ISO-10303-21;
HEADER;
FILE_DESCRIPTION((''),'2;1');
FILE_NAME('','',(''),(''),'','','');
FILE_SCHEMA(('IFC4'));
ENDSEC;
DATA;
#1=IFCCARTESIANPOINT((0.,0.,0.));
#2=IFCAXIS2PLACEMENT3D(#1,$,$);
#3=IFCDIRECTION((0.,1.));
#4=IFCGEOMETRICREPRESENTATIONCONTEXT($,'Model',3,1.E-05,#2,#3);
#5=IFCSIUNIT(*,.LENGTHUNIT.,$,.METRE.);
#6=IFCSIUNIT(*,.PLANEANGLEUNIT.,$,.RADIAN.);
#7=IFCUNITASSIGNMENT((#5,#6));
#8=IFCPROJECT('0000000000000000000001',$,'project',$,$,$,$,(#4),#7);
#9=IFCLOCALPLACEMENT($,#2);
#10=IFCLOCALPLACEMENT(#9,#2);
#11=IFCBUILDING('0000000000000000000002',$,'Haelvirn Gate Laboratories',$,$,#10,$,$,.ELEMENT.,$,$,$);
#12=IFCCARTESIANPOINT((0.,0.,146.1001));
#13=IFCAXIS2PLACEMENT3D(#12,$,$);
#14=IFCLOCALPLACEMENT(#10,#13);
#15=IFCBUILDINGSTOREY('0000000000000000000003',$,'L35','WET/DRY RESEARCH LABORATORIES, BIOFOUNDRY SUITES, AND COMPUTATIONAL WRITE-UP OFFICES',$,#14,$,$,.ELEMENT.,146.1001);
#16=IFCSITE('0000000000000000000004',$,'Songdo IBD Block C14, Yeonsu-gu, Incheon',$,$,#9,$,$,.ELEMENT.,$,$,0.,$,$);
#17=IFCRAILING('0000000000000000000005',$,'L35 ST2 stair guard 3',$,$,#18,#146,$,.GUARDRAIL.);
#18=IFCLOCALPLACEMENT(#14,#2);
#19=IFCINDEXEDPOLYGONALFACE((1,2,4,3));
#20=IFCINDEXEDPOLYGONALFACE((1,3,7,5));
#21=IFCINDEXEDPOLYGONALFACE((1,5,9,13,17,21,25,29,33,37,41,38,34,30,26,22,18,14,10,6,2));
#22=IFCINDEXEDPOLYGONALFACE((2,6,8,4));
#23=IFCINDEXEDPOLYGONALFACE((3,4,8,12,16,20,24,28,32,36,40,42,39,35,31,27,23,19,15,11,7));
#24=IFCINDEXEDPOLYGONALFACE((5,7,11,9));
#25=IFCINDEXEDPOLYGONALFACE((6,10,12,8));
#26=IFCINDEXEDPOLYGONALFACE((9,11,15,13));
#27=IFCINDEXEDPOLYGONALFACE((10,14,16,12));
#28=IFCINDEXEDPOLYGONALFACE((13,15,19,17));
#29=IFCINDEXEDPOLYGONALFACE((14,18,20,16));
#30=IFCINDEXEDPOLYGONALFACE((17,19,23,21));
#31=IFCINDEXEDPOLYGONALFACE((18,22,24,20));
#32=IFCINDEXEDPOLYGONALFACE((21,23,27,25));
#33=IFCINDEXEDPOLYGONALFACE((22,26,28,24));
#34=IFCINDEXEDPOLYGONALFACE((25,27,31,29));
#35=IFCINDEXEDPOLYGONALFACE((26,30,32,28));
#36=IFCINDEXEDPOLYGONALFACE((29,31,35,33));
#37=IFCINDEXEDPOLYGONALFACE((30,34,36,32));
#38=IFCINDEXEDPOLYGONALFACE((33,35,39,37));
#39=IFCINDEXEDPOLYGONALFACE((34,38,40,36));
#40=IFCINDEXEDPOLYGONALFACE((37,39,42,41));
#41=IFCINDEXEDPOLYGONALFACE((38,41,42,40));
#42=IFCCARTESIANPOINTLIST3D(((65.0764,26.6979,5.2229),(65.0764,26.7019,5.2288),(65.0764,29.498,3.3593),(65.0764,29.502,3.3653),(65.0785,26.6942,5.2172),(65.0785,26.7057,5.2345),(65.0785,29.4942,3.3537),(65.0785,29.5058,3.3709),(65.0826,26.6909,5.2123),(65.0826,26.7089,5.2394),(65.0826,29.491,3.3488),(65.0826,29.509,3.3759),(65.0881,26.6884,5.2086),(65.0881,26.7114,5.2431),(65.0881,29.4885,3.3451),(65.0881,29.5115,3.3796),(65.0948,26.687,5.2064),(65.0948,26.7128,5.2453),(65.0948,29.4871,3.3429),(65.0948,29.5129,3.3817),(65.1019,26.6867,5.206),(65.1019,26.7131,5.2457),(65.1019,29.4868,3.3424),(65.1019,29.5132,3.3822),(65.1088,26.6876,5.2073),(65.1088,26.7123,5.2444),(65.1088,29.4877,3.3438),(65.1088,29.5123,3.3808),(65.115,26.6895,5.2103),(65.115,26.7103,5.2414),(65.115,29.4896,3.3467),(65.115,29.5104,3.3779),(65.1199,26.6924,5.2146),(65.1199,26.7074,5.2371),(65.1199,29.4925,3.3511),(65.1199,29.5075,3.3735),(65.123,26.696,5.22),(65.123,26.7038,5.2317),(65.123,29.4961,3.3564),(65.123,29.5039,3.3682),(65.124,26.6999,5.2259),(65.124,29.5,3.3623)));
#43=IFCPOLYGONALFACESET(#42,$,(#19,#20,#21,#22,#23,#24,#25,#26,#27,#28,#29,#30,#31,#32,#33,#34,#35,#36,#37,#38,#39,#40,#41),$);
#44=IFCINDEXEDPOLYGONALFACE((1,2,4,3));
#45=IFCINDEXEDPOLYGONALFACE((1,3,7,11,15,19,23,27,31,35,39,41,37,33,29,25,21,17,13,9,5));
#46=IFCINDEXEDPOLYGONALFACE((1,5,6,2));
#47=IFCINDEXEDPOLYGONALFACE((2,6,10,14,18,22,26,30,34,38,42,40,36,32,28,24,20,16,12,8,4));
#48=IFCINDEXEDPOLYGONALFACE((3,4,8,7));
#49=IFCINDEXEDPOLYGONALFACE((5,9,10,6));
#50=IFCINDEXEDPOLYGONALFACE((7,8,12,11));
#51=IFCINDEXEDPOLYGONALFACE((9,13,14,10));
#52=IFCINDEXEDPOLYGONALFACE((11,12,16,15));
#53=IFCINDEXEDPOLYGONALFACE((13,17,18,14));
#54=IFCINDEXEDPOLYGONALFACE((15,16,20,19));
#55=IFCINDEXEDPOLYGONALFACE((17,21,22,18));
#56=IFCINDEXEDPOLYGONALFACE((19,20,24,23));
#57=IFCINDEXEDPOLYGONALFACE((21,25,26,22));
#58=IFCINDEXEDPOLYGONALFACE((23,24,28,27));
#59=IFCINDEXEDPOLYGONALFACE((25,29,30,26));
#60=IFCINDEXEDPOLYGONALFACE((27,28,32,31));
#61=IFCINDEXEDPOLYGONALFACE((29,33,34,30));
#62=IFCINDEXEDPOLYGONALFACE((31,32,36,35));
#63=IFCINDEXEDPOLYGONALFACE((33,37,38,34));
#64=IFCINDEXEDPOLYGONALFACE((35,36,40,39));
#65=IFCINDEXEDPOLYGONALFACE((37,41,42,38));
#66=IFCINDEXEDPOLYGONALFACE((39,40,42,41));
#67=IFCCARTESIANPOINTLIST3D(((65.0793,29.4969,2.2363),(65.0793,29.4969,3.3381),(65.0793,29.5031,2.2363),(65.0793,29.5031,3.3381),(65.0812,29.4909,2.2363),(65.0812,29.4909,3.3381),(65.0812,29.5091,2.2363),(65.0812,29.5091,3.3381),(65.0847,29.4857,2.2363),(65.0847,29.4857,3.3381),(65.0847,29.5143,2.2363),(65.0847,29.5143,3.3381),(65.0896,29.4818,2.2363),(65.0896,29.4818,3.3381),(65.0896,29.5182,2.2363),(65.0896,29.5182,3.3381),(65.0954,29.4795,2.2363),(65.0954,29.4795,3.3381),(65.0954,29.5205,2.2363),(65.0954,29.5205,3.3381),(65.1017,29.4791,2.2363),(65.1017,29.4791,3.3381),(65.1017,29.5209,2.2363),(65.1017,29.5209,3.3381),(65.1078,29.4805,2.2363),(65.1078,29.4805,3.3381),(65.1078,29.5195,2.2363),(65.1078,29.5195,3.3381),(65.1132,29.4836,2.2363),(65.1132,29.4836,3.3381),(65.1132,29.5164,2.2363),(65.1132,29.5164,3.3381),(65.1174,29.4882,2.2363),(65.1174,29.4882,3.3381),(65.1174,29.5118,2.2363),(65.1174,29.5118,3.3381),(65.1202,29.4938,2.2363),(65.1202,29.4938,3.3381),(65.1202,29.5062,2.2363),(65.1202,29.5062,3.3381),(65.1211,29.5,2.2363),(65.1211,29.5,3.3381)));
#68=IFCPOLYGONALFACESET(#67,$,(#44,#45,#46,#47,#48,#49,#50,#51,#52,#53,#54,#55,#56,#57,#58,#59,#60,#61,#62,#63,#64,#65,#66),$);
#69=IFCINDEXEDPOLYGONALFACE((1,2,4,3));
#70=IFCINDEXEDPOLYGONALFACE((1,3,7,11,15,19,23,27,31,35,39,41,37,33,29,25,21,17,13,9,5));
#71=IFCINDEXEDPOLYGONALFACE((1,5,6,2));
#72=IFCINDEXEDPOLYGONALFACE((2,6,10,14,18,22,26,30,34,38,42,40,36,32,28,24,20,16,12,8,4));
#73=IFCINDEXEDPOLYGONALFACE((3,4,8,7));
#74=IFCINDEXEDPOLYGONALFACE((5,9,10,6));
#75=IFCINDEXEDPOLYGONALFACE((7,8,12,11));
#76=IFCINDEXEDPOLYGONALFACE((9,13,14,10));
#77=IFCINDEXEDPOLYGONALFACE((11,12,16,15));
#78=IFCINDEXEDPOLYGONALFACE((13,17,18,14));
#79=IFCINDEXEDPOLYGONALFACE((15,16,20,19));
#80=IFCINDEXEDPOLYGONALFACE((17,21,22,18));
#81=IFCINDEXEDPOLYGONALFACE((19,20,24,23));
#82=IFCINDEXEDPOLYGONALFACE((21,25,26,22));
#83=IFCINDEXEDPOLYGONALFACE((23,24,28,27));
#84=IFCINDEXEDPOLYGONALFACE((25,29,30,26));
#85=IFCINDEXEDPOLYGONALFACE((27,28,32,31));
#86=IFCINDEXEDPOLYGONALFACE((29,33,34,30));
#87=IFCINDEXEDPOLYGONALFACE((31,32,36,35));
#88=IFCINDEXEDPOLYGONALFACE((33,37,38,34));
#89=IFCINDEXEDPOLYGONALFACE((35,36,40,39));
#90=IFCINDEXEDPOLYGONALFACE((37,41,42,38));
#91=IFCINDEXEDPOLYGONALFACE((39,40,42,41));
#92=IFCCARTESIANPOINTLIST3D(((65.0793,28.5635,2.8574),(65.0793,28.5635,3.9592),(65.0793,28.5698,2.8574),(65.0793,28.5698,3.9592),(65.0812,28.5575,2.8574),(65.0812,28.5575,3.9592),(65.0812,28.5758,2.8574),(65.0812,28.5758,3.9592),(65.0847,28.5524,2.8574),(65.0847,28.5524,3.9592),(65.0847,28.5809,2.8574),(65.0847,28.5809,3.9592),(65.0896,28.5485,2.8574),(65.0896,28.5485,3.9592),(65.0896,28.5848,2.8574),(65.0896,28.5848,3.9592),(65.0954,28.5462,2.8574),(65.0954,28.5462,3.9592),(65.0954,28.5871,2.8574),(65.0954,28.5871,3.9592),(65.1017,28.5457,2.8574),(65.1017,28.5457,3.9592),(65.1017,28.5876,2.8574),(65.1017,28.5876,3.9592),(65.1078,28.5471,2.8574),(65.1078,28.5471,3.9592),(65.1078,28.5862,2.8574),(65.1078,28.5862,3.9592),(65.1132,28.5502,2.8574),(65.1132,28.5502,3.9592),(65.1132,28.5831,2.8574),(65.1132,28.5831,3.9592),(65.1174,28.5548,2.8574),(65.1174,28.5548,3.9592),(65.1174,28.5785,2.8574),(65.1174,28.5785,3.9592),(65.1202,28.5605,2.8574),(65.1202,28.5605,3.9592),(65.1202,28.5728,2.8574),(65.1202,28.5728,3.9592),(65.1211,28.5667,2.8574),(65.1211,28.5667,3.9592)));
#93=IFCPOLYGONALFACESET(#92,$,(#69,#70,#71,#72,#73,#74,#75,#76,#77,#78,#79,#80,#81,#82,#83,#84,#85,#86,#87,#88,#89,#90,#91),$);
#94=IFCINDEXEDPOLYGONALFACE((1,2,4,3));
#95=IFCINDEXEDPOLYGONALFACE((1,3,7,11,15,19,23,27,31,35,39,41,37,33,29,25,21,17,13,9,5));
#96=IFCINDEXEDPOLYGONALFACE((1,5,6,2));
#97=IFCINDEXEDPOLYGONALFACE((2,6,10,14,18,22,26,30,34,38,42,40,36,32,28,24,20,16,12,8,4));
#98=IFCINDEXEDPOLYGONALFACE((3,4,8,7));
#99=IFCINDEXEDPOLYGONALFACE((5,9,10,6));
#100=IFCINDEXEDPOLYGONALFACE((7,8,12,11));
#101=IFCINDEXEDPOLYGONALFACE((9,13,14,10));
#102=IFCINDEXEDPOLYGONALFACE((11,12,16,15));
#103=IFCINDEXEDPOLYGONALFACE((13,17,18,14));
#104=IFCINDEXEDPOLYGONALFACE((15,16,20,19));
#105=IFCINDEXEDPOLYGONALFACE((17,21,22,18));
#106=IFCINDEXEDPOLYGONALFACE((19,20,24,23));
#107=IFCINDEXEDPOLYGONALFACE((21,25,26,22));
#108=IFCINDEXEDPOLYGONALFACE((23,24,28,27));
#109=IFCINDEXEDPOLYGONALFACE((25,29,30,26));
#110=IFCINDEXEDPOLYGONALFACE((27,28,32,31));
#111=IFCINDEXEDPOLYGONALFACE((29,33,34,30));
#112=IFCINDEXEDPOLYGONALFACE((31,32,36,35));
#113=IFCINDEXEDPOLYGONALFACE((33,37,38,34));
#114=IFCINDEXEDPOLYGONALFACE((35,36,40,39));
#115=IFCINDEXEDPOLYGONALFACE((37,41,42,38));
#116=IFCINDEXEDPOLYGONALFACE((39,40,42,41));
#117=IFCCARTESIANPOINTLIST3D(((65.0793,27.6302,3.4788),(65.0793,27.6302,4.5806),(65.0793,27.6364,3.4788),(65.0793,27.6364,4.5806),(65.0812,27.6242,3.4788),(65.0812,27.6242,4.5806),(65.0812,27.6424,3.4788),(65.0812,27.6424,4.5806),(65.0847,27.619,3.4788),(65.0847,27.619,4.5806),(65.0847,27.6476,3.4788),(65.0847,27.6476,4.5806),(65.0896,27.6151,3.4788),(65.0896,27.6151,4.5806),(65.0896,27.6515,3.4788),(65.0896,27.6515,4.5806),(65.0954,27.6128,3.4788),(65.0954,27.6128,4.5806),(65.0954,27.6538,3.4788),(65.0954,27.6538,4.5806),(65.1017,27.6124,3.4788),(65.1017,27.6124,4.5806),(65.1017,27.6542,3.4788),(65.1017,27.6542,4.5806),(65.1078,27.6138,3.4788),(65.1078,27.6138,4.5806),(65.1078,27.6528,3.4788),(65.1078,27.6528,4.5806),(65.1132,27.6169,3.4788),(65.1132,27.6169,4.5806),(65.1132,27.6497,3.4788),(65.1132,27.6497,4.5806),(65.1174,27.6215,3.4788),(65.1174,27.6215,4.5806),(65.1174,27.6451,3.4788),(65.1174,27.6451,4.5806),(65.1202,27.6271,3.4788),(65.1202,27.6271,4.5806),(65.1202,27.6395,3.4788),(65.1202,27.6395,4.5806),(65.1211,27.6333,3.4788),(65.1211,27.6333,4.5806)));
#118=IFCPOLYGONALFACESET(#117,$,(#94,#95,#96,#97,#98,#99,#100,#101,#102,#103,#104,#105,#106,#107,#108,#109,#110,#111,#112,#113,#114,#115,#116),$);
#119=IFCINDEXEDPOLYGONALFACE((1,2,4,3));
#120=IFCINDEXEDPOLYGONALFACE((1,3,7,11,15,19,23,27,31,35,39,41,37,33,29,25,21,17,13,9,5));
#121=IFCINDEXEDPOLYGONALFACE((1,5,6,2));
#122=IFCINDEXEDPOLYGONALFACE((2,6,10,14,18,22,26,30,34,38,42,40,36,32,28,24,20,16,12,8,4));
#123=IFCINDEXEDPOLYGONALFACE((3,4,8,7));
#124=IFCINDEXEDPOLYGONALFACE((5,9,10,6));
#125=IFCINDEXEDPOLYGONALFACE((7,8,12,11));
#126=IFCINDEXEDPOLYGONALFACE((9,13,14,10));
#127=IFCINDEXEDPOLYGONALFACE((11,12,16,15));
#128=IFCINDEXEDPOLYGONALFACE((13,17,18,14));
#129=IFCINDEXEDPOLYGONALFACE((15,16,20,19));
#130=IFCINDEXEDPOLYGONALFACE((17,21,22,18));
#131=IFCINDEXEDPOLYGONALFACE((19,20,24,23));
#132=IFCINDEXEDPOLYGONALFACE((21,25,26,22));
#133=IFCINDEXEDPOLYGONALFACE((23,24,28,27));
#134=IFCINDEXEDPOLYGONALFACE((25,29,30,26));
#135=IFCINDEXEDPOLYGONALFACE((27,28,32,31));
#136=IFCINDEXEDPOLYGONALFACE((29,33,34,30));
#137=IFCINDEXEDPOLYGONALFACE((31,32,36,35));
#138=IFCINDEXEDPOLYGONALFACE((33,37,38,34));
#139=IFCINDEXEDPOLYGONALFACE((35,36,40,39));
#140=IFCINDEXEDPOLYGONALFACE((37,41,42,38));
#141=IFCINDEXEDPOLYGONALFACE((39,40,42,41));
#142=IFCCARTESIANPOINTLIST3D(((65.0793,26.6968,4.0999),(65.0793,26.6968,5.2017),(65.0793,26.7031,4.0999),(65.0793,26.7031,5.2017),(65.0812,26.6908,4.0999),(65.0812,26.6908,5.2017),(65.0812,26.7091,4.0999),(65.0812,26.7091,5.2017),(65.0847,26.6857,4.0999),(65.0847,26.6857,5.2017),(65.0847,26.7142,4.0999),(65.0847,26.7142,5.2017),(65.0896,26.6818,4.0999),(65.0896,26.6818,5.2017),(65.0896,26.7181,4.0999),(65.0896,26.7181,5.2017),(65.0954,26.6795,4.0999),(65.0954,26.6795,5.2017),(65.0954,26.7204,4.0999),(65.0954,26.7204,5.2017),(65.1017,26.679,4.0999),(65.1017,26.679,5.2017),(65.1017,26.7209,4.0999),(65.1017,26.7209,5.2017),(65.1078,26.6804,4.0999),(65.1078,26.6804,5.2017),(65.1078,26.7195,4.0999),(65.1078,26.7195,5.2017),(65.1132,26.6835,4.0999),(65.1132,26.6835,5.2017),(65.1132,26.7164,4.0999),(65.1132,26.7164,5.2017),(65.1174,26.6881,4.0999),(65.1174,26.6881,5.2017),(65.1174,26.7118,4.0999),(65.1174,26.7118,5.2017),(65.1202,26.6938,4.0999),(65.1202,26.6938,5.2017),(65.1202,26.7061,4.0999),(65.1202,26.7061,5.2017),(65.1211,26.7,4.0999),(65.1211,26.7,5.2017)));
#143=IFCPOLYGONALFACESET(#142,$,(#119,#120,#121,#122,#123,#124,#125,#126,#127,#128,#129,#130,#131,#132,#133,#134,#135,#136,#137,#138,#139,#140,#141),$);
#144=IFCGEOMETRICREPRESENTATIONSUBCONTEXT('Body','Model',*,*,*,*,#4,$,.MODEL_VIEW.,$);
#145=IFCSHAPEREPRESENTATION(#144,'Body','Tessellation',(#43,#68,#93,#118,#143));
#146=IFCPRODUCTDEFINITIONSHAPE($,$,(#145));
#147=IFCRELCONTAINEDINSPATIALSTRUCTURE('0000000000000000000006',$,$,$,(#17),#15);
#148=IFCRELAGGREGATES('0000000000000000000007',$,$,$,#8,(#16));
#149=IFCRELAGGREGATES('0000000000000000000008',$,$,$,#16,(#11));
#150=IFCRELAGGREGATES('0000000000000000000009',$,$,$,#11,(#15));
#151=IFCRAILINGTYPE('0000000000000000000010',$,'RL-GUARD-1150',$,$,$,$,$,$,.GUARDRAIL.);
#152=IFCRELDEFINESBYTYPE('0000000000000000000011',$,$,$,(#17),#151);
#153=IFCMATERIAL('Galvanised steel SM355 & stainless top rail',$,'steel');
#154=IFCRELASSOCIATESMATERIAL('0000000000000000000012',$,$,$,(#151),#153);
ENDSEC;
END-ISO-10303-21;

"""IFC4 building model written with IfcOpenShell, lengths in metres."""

from ifc_helpers import new_model, si_unit, direction, frame, origin, origin_2d, place, context, subcontext, project, spatial, circle, extrude, source, transform, mapped, material, type_object, element, save


model = new_model("IFC4")

# Units and contexts
model_context = context("Model", 3, precision=1e-05, world=origin(), true_north=direction((0.0, 1.0)))
body_context = subcontext(model_context, "Body", "Model", "MODEL_VIEW")
ifc_project = project(units=[si_unit("LENGTHUNIT", "METRE"), si_unit("PLANEANGLEUNIT", "RADIAN")], contexts=[model_context])

# Site, building, storey
site_placement = place(None, origin())
site = spatial("IfcSite", under=ifc_project, at=site_placement, Name="Songdo IBD Block C14, Yeonsu-gu, Incheon", CompositionType="ELEMENT", RefElevation=0.0)
building_placement = place(site_placement, origin())
building = spatial("IfcBuilding", under=site, at=building_placement, Name="Haelvirn Gate Laboratories", CompositionType="ELEMENT")
storey_placement = place(building_placement, frame((0.0, 0.0, 146.1001)))
storey = spatial("IfcBuildingStorey", under=building, at=storey_placement, Name="L35", Description="WET/DRY RESEARCH LABORATORIES, BIOFOUNDRY SUITES, AND COMPUTATIONAL WRITE-UP OFFICES", CompositionType="ELEMENT", Elevation=146.1001)

# Railing
ifc_material_1 = material(Name="Galvanised steel SM355 & stainless top rail", Category="steel")
railing_type_1 = type_object("IfcRailingType", Name="RL-GUARD-1150", PredefinedType="GUARDRAIL", material=ifc_material_1)
shared_shape_1 = source(origin(), body_context, "Body", "SweptSolid", [
    extrude(circle(Radius=0.0239, at=origin_2d()), frame((0.0, 0.0, 1.126), z_axis=(0.0, -0.832486, 0.554047), x_axis=(1.0, 0.0, 0.0)), (0.0, 0.0, 1.0), 3.3635),
    extrude(circle(Radius=0.021, at=origin_2d()), origin(), (0.0, 0.0, 1.0), 1.1018),
    extrude(circle(Radius=0.021, at=origin_2d()), frame((0.0, -0.9333, 0.6211)), (0.0, 0.0, 1.0), 1.1018),
    extrude(circle(Radius=0.021, at=origin_2d()), frame((0.0, -1.8667, 1.2424)), (0.0, 0.0, 1.0), 1.1018),
    extrude(circle(Radius=0.021, at=origin_2d()), frame((0.0, -2.8, 1.8635)), (0.0, 0.0, 1.0), 1.1018),
])
railing_1_placement = place(storey_placement, frame((65.1001, 29.5, 2.2363)))
element("IfcRailing", 1, at=railing_1_placement, inside=storey, type_object=railing_type_1, Name="L35 ST2 stair guard 3", PredefinedType="GUARDRAIL", context=body_context, shape_type="MappedRepresentation", body=[
    mapped(shared_shape_1, transform((0.0, 0.0, 0.0), scale=1.0)),
])

save(model, "model.ifc")
